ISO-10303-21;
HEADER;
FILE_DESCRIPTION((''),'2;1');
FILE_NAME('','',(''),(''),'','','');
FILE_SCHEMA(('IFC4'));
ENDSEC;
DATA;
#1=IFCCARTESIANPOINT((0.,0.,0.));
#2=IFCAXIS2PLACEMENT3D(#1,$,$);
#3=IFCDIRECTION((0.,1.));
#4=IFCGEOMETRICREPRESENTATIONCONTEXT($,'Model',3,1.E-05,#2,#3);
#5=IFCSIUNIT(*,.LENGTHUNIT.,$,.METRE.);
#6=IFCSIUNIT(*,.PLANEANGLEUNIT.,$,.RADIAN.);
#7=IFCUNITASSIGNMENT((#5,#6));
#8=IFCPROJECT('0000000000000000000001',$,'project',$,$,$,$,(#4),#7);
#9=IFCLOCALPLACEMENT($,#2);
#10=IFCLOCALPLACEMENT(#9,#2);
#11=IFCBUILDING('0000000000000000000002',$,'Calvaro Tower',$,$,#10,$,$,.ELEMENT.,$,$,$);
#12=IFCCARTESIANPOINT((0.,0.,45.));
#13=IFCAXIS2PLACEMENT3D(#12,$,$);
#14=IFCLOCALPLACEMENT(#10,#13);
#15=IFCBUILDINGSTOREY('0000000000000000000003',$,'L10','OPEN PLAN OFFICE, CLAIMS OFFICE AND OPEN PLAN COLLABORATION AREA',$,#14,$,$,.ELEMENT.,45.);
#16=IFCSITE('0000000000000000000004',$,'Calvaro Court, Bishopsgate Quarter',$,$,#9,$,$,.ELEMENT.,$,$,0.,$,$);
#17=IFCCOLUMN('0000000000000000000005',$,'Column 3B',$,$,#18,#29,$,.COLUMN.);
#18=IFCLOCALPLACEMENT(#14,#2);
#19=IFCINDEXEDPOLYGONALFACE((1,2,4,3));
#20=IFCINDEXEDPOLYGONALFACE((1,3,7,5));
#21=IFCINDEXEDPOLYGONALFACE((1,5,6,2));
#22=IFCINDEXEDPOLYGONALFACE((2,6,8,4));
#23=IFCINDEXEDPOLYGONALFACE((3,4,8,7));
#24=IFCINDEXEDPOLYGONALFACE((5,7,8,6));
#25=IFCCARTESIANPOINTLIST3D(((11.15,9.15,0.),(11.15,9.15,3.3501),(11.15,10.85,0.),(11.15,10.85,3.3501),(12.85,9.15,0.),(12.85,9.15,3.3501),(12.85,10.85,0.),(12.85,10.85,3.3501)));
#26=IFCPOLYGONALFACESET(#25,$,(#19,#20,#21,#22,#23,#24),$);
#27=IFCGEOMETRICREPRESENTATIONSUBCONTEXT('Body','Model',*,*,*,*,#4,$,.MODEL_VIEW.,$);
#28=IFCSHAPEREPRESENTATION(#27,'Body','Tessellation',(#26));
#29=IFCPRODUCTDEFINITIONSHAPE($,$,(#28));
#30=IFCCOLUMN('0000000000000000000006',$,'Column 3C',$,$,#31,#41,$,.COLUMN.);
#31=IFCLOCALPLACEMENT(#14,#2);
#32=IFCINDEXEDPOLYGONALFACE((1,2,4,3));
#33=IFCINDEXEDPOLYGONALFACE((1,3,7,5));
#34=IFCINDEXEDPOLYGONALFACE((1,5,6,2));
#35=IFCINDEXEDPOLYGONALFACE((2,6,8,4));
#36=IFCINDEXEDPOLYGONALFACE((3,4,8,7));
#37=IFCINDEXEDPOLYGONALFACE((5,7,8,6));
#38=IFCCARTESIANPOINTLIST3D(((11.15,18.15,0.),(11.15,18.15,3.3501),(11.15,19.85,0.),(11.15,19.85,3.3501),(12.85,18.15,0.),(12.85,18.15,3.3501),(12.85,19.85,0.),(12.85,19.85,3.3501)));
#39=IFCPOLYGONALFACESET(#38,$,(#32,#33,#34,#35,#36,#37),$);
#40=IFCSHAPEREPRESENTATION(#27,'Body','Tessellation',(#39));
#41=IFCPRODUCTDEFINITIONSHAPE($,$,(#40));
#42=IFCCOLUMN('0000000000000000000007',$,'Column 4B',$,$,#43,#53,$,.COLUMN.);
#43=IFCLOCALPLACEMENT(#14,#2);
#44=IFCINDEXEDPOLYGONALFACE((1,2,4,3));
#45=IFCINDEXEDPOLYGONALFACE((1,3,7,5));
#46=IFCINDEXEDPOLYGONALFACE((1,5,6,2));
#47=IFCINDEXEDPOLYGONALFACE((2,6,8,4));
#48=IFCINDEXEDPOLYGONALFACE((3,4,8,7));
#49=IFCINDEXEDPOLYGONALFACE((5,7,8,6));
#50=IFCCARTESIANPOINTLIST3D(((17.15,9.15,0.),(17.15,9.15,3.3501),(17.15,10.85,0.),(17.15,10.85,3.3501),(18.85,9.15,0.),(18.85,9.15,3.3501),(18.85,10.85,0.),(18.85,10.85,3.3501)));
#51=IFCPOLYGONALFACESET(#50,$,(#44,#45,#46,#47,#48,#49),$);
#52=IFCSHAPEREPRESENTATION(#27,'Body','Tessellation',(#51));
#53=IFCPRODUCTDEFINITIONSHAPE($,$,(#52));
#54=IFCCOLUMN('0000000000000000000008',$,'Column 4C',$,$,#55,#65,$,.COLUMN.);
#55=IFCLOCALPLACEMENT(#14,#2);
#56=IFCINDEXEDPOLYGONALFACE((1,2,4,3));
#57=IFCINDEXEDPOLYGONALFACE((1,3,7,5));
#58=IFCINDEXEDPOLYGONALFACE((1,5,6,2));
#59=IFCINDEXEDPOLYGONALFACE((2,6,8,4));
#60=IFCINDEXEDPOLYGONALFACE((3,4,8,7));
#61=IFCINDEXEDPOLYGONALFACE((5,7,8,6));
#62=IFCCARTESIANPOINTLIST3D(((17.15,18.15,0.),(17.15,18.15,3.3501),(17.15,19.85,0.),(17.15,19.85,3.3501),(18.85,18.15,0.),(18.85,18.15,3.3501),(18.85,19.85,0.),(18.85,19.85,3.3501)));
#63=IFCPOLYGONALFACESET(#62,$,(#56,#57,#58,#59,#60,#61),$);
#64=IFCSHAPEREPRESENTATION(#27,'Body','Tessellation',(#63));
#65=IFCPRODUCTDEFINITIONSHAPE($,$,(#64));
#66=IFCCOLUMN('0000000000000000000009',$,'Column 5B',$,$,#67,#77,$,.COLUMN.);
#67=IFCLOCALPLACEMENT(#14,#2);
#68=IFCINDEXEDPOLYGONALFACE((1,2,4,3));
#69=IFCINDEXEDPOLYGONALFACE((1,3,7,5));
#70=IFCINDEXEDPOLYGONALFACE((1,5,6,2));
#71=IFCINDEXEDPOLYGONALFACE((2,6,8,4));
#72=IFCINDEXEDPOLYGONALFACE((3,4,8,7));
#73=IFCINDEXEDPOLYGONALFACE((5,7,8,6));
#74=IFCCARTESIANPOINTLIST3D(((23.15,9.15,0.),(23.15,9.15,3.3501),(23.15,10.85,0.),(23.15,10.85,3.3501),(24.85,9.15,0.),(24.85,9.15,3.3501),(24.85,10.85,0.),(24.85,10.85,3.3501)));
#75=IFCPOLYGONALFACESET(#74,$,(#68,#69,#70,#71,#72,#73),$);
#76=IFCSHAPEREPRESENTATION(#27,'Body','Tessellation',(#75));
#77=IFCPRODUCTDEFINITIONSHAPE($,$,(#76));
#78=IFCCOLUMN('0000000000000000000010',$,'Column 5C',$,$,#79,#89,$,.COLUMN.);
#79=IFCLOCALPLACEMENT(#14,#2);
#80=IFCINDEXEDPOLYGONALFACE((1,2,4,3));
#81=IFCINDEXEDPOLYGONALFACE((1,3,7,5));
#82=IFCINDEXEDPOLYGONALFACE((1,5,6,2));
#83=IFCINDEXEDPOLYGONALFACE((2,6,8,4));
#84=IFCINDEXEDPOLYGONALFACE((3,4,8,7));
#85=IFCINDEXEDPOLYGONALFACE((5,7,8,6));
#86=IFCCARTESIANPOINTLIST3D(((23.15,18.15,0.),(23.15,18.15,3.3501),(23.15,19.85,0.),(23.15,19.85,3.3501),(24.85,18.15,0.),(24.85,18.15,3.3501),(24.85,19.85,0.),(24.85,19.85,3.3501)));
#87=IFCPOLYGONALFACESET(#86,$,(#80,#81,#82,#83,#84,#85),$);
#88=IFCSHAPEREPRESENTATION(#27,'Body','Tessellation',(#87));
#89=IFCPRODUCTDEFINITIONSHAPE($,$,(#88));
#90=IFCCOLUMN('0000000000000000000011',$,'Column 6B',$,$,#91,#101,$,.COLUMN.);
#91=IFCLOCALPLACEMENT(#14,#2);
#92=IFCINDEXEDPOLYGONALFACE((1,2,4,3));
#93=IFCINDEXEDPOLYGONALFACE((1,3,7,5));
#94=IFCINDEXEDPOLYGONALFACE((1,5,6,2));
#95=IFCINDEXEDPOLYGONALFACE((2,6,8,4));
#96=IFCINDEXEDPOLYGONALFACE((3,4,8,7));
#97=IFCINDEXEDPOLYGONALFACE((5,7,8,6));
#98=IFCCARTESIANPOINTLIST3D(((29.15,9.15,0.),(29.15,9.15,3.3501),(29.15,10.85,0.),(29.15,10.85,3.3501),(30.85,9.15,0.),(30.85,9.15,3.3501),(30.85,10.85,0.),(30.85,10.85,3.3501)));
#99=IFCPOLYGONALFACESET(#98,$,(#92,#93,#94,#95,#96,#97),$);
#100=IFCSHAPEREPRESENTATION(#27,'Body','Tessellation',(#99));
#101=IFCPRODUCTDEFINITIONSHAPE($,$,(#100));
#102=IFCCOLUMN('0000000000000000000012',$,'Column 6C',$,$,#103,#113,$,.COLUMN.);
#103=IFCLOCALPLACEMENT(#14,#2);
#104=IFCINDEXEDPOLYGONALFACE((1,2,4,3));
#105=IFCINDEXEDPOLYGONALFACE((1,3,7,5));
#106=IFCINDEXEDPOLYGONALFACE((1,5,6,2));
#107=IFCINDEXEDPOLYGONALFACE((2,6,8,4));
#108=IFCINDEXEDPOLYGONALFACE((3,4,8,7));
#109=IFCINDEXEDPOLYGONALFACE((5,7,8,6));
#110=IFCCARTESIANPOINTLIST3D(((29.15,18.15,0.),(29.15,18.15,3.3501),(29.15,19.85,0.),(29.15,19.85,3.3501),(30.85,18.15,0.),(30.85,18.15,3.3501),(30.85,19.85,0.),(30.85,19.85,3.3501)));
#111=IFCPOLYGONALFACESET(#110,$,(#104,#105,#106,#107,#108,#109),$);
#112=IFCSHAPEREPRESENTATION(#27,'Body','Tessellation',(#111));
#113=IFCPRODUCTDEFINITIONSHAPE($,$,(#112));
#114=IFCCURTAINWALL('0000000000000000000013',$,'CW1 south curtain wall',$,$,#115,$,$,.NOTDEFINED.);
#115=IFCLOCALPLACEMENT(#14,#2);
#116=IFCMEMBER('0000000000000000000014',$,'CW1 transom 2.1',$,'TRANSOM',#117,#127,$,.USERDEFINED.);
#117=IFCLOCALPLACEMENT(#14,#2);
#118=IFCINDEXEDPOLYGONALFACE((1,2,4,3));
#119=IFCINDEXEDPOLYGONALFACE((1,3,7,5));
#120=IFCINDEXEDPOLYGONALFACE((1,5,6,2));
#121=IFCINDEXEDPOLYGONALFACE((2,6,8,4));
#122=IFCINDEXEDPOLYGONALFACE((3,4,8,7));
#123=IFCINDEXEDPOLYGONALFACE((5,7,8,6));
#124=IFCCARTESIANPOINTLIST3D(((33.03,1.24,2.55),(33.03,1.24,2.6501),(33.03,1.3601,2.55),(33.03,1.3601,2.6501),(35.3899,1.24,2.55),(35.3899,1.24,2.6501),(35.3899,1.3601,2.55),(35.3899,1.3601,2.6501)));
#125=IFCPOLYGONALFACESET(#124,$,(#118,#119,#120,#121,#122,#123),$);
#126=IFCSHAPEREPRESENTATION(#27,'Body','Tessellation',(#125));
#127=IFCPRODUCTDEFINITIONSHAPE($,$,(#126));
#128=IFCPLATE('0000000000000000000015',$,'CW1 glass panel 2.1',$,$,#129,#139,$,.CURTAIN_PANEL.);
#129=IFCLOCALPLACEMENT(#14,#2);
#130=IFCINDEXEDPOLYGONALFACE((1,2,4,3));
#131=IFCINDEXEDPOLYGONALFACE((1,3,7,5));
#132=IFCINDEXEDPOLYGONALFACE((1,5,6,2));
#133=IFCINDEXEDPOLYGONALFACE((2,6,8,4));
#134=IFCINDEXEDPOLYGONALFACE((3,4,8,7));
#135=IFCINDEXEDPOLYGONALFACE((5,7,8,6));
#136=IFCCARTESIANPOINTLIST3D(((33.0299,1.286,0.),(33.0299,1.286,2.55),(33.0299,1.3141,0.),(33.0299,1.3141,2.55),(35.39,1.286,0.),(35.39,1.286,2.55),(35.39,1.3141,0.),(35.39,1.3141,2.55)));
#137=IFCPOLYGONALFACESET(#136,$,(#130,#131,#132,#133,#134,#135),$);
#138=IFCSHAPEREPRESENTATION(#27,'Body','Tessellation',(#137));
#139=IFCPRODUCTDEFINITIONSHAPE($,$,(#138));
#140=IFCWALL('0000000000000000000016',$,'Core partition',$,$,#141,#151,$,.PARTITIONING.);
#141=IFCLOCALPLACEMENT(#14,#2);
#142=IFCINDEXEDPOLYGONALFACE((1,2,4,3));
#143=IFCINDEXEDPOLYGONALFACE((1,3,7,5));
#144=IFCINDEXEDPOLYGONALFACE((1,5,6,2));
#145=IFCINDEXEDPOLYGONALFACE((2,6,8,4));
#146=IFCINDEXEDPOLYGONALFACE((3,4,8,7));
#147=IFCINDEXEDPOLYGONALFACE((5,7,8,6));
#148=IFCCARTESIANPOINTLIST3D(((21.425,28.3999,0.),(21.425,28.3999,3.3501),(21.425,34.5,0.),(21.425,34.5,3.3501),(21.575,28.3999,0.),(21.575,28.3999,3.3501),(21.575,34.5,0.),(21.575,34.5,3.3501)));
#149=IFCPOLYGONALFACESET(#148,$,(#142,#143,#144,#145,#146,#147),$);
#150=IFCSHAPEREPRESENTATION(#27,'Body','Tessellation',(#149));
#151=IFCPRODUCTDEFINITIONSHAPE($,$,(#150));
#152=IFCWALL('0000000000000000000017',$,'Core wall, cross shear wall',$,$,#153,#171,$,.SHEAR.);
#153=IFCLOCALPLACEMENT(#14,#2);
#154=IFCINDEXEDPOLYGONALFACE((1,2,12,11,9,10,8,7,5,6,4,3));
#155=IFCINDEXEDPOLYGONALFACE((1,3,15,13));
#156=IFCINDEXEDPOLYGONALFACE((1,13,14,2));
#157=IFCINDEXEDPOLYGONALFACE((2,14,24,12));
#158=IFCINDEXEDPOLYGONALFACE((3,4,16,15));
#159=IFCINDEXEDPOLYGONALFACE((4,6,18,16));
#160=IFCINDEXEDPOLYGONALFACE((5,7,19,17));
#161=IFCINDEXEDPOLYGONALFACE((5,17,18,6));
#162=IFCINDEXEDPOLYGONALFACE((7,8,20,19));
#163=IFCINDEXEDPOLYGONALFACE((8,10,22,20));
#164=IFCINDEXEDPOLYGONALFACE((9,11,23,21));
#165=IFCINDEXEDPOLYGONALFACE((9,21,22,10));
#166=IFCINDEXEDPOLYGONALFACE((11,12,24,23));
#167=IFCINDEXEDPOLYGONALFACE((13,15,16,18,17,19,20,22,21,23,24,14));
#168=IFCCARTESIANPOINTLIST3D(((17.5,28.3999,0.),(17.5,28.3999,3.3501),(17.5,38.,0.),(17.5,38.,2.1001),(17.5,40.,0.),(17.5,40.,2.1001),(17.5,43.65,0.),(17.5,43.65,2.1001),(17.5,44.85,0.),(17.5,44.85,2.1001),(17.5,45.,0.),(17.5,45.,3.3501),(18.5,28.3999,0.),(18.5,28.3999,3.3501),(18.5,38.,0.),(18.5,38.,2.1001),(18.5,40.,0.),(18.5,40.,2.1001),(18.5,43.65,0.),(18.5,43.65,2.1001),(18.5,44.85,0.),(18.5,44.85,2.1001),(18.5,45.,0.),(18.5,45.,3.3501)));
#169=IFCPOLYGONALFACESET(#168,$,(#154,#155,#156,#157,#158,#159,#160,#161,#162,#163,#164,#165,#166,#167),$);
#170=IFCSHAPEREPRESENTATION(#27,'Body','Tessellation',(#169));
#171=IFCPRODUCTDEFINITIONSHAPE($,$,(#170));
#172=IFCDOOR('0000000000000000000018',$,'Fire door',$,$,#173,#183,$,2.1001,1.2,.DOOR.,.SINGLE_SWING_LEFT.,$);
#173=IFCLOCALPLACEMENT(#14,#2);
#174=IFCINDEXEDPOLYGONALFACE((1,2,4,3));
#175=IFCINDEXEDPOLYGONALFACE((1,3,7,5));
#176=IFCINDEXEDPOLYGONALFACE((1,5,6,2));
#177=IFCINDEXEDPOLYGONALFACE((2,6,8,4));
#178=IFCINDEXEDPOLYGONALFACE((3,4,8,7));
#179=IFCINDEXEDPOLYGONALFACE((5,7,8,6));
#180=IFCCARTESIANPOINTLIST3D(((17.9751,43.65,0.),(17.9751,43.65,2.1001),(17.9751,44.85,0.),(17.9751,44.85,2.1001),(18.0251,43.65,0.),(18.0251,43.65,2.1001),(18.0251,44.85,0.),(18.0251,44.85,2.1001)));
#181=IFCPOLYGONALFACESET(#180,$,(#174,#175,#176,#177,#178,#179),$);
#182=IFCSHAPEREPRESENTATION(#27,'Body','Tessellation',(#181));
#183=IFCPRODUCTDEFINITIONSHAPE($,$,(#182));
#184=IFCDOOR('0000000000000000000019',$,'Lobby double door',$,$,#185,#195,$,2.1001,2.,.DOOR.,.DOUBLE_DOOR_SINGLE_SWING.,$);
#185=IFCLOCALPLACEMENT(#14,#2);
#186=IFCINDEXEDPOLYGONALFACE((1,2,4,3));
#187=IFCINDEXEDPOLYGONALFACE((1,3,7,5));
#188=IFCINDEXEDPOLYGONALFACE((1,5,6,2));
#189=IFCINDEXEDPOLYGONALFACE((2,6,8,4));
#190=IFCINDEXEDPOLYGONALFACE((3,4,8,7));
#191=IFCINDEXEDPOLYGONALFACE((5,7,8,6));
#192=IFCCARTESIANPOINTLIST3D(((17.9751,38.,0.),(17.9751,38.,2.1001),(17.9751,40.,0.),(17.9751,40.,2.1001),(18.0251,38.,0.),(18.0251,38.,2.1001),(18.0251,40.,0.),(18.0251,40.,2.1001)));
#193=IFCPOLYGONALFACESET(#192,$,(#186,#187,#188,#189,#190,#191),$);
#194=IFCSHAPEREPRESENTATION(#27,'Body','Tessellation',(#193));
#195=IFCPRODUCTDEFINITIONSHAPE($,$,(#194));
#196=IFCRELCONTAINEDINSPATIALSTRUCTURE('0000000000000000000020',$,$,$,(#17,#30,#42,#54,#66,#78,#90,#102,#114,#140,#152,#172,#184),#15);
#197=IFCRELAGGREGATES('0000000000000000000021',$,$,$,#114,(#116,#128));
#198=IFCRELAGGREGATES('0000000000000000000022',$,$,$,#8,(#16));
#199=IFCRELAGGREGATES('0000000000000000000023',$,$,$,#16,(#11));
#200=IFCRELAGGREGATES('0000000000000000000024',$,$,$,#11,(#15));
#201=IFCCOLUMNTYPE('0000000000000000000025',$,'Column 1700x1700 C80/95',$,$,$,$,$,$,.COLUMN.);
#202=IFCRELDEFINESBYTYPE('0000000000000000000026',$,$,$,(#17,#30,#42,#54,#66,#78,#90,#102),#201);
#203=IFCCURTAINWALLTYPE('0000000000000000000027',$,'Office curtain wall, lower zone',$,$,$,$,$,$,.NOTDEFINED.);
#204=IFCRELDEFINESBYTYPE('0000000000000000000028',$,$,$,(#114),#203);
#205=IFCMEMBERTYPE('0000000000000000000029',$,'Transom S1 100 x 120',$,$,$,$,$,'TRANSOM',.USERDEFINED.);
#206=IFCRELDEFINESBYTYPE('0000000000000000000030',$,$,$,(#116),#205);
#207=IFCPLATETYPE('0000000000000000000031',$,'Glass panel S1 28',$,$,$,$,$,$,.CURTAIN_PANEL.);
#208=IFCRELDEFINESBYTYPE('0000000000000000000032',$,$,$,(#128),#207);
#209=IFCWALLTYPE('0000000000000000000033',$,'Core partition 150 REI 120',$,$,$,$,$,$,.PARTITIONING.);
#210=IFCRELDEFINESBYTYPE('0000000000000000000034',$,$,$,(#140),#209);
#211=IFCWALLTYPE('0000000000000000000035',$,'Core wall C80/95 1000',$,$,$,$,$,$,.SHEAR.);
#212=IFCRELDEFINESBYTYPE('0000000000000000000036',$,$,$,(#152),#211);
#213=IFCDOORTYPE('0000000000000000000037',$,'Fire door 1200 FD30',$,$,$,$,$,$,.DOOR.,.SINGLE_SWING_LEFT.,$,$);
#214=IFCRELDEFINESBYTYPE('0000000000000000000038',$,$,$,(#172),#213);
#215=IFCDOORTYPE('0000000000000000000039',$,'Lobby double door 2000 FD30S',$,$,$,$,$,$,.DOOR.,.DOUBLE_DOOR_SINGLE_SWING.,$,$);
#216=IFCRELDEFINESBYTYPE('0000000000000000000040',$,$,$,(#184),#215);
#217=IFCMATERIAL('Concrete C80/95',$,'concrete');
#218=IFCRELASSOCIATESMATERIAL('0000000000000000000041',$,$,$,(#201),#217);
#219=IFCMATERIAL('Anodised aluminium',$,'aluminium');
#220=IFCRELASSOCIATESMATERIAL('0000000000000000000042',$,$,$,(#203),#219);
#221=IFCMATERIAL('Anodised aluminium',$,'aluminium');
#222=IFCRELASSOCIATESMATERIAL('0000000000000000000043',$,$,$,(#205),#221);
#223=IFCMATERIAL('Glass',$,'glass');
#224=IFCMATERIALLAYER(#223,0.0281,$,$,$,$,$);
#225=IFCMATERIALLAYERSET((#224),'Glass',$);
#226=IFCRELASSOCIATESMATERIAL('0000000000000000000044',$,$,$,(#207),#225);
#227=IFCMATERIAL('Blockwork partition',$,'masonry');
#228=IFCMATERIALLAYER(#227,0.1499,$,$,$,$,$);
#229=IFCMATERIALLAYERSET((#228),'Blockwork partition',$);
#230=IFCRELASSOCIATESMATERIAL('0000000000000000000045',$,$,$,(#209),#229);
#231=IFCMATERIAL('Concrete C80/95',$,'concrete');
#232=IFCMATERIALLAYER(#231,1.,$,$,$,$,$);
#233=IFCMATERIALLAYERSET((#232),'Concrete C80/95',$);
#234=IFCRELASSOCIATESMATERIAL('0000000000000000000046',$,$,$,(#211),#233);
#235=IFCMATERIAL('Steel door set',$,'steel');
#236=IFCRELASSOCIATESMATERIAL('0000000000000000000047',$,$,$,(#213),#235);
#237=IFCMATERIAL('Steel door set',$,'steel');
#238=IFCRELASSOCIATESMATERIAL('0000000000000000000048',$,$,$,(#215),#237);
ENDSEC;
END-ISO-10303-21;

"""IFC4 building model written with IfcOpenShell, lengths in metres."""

from ifc_helpers import new_model, si_unit, direction, frame, frame_2d, origin, origin_2d, place, context, subcontext, project, spatial, rectangle, extrude, material, layer, layer_set, material_profile, profile_set, type_object, element, fill, aggregate, save


model = new_model("IFC4")

# Units and contexts
model_context = context("Model", 3, precision=1e-05, world=origin(), true_north=direction((0.0, 1.0)))
body_context = subcontext(model_context, "Body", "Model", "MODEL_VIEW")
ifc_project = project(units=[si_unit("LENGTHUNIT", "METRE"), si_unit("PLANEANGLEUNIT", "RADIAN")], contexts=[model_context])

# Site, building, storey
site_placement = place(None, origin())
site = spatial("IfcSite", under=ifc_project, at=site_placement, Name="Calvaro Court, Bishopsgate Quarter", CompositionType="ELEMENT", RefElevation=0.0)
building_placement = place(site_placement, origin())
building = spatial("IfcBuilding", under=site, at=building_placement, Name="Calvaro Tower", CompositionType="ELEMENT")
storey_placement = place(building_placement, frame((0.0, 0.0, 45.0)))
storey = spatial("IfcBuildingStorey", under=building, at=storey_placement, Name="L10", Description="OPEN PLAN OFFICE, CLAIMS OFFICE AND OPEN PLAN COLLABORATION AREA", CompositionType="ELEMENT", Elevation=45.0)

# Columns
ifc_material_1 = material(Name="Concrete C80/95", Category="concrete")
ifc_material_profile_1 = material_profile(ifc_material_1, rectangle(XDim=1.7, YDim=1.7, at=origin_2d()), Name="RC 1700x1700")
ifc_profile_set_1 = profile_set([ifc_material_profile_1], Name="Concrete C80/95")
column_type = type_object("IfcColumnType", Name="Column 1700x1700 C80/95", PredefinedType="COLUMN", material=ifc_profile_set_1)
for number, where, z_axis, x_axis, name in (
    (1, (12.0, 10.0, 0.0), (0.0, 0.0, 1.0), (1.0, 0.0, 0.0), "Column 3B"),
    (2, (12.0, 19.0, 0.0), (0.0, 0.0, 1.0), (1.0, 0.0, 0.0), "Column 3C"),
    (3, (18.0, 10.0, 0.0), (0.0, 0.0, 1.0), (1.0, 0.0, 0.0), "Column 4B"),
    (4, (18.0, 19.0, 0.0), (0.0, 0.0, 1.0), (1.0, 0.0, 0.0), "Column 4C"),
    (5, (24.0, 10.0, 0.0), (0.0, 0.0, 1.0), (1.0, 0.0, 0.0), "Column 5B"),
    (6, (24.0, 19.0, 0.0), (0.0, 0.0, 1.0), (1.0, 0.0, 0.0), "Column 5C"),
    (7, (30.0, 10.0, 0.0), (0.0, 0.0, 1.0), (1.0, 0.0, 0.0), "Column 6B"),
    (8, (30.0, 19.0, 0.0), (0.0, 0.0, 1.0), (1.0, 0.0, 0.0), "Column 6C"),
):
    element("IfcColumn", number, at=place(storey_placement, frame(where, z_axis=z_axis, x_axis=x_axis)), inside=storey, type_object=column_type, Name=name, PredefinedType="COLUMN", context=body_context, shape_type="SweptSolid", body=[
        extrude(rectangle(XDim=1.7, YDim=1.7, at=origin_2d()), origin(), (0.0, 0.0, 1.0), 3.3501),
    ])

# Curtain wall, member, plate
ifc_material_2 = material(Name="Anodised aluminium", Category="aluminium")
curtain_wall_type = type_object("IfcCurtainWallType", Name="Office curtain wall, lower zone", PredefinedType="NOTDEFINED", material=ifc_material_2)
curtain_wall_placement = place(storey_placement, origin())
curtain_wall = element("IfcCurtainWall", 9, at=curtain_wall_placement, inside=storey, type_object=curtain_wall_type, Name="CW1 south curtain wall", PredefinedType="NOTDEFINED")
ifc_material_3 = material(Name="Anodised aluminium", Category="aluminium")
ifc_material_profile_2 = material_profile(ifc_material_3, rectangle(XDim=0.1201, YDim=0.1001, at=origin_2d()), Name="Transom S1 100 x 120")
ifc_profile_set_2 = profile_set([ifc_material_profile_2], Name="Anodised aluminium")
member_type = type_object("IfcMemberType", Name="Transom S1 100 x 120", ElementType="TRANSOM", PredefinedType="USERDEFINED", material=ifc_profile_set_2)
member_placement = place(storey_placement, frame((33.03, 1.3, 2.6001), z_axis=(1.0, 0.0, 0.0), x_axis=(0.0, 1.0, 0.0)))
member = element("IfcMember", 10, at=member_placement, type_object=member_type, Name="CW1 transom 2.1", ObjectType="TRANSOM", PredefinedType="USERDEFINED", context=body_context, shape_type="SweptSolid", body=[
    extrude(rectangle(XDim=0.1201, YDim=0.1001, at=origin_2d()), origin(), (0.0, 0.0, 1.0), 2.3599),
])
ifc_material_4 = material(Name="Glass", Category="glass")
ifc_layer_1 = layer(ifc_material_4, 0.0281)
ifc_layer_set_1 = layer_set([ifc_layer_1], Name="Glass")
plate_type = type_object("IfcPlateType", Name="Glass panel S1 28", PredefinedType="CURTAIN_PANEL", material=ifc_layer_set_1)
plate_placement = place(storey_placement, frame((34.21, 1.3, 0.0), z_axis=(0.0, 0.0, 1.0), x_axis=(1.0, 0.0, 0.0)))
plate = element("IfcPlate", 11, at=plate_placement, type_object=plate_type, Name="CW1 glass panel 2.1", PredefinedType="CURTAIN_PANEL", context=body_context, shape_type="SweptSolid", body=[
    extrude(rectangle(XDim=2.3601, YDim=0.0281, at=origin_2d()), origin(), (0.0, 0.0, 1.0), 2.55),
])
aggregate(curtain_wall, [member, plate])

# Wall
ifc_material_5 = material(Name="Blockwork partition", Category="masonry")
ifc_layer_2 = layer(ifc_material_5, 0.1499)
ifc_layer_set_2 = layer_set([ifc_layer_2], Name="Blockwork partition")
wall_type_1 = type_object("IfcWallType", Name="Core partition 150 REI 120", PredefinedType="PARTITIONING", material=ifc_layer_set_2)
wall_1_placement = place(storey_placement, frame((21.5, 28.3999, 0.0), z_axis=(0.0, 0.0, 1.0), x_axis=(0.0, 1.0, 0.0)))
element("IfcWall", 12, at=wall_1_placement, inside=storey, type_object=wall_type_1, Name="Core partition", PredefinedType="PARTITIONING", context=body_context, shape_type="SweptSolid", body=[
    extrude(rectangle(XDim=6.1001, YDim=0.1499, at=frame_2d((3.05, 0.0))), origin(), (0.0, 0.0, 1.0), 3.3501),
])

# Wall, openings, doors
ifc_material_6 = material(Name="Concrete C80/95", Category="concrete")
ifc_layer_3 = layer(ifc_material_6, 1.0)
ifc_layer_set_3 = layer_set([ifc_layer_3], Name="Concrete C80/95")
wall_type_2 = type_object("IfcWallType", Name="Core wall C80/95 1000", PredefinedType="SHEAR", material=ifc_layer_set_3)
wall_2_placement = place(storey_placement, frame((18.0, 28.3999, 0.0), z_axis=(0.0, 0.0, 1.0), x_axis=(0.0, 1.0, 0.0)))
wall_2 = element("IfcWall", 13, at=wall_2_placement, inside=storey, type_object=wall_type_2, Name="Core wall, cross shear wall", PredefinedType="SHEAR", context=body_context, shape_type="SweptSolid", body=[
    extrude(rectangle(XDim=16.6001, YDim=1.0, at=frame_2d((8.3, 0.0))), origin(), (0.0, 0.0, 1.0), 3.3501),
])
opening_1_placement = place(wall_2_placement, frame((9.6001, 0.0, 0.0)))
opening_1 = element("IfcOpeningElement", 14, at=opening_1_placement, cuts=wall_2, PredefinedType="OPENING", context=body_context, shape_type="SweptSolid", body=[
    extrude(rectangle(XDim=2.0, YDim=2.1001, at=frame_2d((1.0, 1.05))), frame((0.0, 0.51, 0.0), z_axis=(0.0, -1.0, 0.0), x_axis=(1.0, 0.0, 0.0)), (0.0, 0.0, 1.0), 1.02),
])
opening_2_placement = place(wall_2_placement, frame((15.25, 0.0, 0.0)))
opening_2 = element("IfcOpeningElement", 15, at=opening_2_placement, cuts=wall_2, PredefinedType="OPENING", context=body_context, shape_type="SweptSolid", body=[
    extrude(rectangle(XDim=1.2, YDim=2.1001, at=frame_2d((0.6001, 1.05))), frame((0.0, 0.51, 0.0), z_axis=(0.0, -1.0, 0.0), x_axis=(1.0, 0.0, 0.0)), (0.0, 0.0, 1.0), 1.02),
])
ifc_material_7 = material(Name="Steel door set", Category="steel")
door_type_1 = type_object("IfcDoorType", Name="Fire door 1200 FD30", OperationType="SINGLE_SWING_LEFT", PredefinedType="DOOR", material=ifc_material_7)
door_1_placement = place(opening_2_placement, origin())
door_1 = element("IfcDoor", 16, at=door_1_placement, inside=storey, type_object=door_type_1, Name="Fire door", OperationType="SINGLE_SWING_LEFT", OverallHeight=2.1001, OverallWidth=1.2, PredefinedType="DOOR", context=body_context, shape_type="SweptSolid", body=[
    extrude(rectangle(XDim=1.2, YDim=2.1001, at=frame_2d((0.6001, 1.05))), frame((0.0, 0.0249, 0.0), z_axis=(0.0, -1.0, 0.0), x_axis=(1.0, 0.0, 0.0)), (0.0, 0.0, 1.0), 0.05),
])
fill(opening_2, door_1)
ifc_material_8 = material(Name="Steel door set", Category="steel")
door_type_2 = type_object("IfcDoorType", Name="Lobby double door 2000 FD30S", OperationType="DOUBLE_DOOR_SINGLE_SWING", PredefinedType="DOOR", material=ifc_material_8)
door_2_placement = place(opening_1_placement, origin())
door_2 = element("IfcDoor", 17, at=door_2_placement, inside=storey, type_object=door_type_2, Name="Lobby double door", OperationType="DOUBLE_DOOR_SINGLE_SWING", OverallHeight=2.1001, OverallWidth=2.0, PredefinedType="DOOR", context=body_context, shape_type="SweptSolid", body=[
    extrude(rectangle(XDim=2.0, YDim=2.1001, at=frame_2d((1.0, 1.05))), frame((0.0, 0.0249, 0.0), z_axis=(0.0, -1.0, 0.0), x_axis=(1.0, 0.0, 0.0)), (0.0, 0.0, 1.0), 0.05),
])
fill(opening_1, door_2)

save(model, "model.ifc")
